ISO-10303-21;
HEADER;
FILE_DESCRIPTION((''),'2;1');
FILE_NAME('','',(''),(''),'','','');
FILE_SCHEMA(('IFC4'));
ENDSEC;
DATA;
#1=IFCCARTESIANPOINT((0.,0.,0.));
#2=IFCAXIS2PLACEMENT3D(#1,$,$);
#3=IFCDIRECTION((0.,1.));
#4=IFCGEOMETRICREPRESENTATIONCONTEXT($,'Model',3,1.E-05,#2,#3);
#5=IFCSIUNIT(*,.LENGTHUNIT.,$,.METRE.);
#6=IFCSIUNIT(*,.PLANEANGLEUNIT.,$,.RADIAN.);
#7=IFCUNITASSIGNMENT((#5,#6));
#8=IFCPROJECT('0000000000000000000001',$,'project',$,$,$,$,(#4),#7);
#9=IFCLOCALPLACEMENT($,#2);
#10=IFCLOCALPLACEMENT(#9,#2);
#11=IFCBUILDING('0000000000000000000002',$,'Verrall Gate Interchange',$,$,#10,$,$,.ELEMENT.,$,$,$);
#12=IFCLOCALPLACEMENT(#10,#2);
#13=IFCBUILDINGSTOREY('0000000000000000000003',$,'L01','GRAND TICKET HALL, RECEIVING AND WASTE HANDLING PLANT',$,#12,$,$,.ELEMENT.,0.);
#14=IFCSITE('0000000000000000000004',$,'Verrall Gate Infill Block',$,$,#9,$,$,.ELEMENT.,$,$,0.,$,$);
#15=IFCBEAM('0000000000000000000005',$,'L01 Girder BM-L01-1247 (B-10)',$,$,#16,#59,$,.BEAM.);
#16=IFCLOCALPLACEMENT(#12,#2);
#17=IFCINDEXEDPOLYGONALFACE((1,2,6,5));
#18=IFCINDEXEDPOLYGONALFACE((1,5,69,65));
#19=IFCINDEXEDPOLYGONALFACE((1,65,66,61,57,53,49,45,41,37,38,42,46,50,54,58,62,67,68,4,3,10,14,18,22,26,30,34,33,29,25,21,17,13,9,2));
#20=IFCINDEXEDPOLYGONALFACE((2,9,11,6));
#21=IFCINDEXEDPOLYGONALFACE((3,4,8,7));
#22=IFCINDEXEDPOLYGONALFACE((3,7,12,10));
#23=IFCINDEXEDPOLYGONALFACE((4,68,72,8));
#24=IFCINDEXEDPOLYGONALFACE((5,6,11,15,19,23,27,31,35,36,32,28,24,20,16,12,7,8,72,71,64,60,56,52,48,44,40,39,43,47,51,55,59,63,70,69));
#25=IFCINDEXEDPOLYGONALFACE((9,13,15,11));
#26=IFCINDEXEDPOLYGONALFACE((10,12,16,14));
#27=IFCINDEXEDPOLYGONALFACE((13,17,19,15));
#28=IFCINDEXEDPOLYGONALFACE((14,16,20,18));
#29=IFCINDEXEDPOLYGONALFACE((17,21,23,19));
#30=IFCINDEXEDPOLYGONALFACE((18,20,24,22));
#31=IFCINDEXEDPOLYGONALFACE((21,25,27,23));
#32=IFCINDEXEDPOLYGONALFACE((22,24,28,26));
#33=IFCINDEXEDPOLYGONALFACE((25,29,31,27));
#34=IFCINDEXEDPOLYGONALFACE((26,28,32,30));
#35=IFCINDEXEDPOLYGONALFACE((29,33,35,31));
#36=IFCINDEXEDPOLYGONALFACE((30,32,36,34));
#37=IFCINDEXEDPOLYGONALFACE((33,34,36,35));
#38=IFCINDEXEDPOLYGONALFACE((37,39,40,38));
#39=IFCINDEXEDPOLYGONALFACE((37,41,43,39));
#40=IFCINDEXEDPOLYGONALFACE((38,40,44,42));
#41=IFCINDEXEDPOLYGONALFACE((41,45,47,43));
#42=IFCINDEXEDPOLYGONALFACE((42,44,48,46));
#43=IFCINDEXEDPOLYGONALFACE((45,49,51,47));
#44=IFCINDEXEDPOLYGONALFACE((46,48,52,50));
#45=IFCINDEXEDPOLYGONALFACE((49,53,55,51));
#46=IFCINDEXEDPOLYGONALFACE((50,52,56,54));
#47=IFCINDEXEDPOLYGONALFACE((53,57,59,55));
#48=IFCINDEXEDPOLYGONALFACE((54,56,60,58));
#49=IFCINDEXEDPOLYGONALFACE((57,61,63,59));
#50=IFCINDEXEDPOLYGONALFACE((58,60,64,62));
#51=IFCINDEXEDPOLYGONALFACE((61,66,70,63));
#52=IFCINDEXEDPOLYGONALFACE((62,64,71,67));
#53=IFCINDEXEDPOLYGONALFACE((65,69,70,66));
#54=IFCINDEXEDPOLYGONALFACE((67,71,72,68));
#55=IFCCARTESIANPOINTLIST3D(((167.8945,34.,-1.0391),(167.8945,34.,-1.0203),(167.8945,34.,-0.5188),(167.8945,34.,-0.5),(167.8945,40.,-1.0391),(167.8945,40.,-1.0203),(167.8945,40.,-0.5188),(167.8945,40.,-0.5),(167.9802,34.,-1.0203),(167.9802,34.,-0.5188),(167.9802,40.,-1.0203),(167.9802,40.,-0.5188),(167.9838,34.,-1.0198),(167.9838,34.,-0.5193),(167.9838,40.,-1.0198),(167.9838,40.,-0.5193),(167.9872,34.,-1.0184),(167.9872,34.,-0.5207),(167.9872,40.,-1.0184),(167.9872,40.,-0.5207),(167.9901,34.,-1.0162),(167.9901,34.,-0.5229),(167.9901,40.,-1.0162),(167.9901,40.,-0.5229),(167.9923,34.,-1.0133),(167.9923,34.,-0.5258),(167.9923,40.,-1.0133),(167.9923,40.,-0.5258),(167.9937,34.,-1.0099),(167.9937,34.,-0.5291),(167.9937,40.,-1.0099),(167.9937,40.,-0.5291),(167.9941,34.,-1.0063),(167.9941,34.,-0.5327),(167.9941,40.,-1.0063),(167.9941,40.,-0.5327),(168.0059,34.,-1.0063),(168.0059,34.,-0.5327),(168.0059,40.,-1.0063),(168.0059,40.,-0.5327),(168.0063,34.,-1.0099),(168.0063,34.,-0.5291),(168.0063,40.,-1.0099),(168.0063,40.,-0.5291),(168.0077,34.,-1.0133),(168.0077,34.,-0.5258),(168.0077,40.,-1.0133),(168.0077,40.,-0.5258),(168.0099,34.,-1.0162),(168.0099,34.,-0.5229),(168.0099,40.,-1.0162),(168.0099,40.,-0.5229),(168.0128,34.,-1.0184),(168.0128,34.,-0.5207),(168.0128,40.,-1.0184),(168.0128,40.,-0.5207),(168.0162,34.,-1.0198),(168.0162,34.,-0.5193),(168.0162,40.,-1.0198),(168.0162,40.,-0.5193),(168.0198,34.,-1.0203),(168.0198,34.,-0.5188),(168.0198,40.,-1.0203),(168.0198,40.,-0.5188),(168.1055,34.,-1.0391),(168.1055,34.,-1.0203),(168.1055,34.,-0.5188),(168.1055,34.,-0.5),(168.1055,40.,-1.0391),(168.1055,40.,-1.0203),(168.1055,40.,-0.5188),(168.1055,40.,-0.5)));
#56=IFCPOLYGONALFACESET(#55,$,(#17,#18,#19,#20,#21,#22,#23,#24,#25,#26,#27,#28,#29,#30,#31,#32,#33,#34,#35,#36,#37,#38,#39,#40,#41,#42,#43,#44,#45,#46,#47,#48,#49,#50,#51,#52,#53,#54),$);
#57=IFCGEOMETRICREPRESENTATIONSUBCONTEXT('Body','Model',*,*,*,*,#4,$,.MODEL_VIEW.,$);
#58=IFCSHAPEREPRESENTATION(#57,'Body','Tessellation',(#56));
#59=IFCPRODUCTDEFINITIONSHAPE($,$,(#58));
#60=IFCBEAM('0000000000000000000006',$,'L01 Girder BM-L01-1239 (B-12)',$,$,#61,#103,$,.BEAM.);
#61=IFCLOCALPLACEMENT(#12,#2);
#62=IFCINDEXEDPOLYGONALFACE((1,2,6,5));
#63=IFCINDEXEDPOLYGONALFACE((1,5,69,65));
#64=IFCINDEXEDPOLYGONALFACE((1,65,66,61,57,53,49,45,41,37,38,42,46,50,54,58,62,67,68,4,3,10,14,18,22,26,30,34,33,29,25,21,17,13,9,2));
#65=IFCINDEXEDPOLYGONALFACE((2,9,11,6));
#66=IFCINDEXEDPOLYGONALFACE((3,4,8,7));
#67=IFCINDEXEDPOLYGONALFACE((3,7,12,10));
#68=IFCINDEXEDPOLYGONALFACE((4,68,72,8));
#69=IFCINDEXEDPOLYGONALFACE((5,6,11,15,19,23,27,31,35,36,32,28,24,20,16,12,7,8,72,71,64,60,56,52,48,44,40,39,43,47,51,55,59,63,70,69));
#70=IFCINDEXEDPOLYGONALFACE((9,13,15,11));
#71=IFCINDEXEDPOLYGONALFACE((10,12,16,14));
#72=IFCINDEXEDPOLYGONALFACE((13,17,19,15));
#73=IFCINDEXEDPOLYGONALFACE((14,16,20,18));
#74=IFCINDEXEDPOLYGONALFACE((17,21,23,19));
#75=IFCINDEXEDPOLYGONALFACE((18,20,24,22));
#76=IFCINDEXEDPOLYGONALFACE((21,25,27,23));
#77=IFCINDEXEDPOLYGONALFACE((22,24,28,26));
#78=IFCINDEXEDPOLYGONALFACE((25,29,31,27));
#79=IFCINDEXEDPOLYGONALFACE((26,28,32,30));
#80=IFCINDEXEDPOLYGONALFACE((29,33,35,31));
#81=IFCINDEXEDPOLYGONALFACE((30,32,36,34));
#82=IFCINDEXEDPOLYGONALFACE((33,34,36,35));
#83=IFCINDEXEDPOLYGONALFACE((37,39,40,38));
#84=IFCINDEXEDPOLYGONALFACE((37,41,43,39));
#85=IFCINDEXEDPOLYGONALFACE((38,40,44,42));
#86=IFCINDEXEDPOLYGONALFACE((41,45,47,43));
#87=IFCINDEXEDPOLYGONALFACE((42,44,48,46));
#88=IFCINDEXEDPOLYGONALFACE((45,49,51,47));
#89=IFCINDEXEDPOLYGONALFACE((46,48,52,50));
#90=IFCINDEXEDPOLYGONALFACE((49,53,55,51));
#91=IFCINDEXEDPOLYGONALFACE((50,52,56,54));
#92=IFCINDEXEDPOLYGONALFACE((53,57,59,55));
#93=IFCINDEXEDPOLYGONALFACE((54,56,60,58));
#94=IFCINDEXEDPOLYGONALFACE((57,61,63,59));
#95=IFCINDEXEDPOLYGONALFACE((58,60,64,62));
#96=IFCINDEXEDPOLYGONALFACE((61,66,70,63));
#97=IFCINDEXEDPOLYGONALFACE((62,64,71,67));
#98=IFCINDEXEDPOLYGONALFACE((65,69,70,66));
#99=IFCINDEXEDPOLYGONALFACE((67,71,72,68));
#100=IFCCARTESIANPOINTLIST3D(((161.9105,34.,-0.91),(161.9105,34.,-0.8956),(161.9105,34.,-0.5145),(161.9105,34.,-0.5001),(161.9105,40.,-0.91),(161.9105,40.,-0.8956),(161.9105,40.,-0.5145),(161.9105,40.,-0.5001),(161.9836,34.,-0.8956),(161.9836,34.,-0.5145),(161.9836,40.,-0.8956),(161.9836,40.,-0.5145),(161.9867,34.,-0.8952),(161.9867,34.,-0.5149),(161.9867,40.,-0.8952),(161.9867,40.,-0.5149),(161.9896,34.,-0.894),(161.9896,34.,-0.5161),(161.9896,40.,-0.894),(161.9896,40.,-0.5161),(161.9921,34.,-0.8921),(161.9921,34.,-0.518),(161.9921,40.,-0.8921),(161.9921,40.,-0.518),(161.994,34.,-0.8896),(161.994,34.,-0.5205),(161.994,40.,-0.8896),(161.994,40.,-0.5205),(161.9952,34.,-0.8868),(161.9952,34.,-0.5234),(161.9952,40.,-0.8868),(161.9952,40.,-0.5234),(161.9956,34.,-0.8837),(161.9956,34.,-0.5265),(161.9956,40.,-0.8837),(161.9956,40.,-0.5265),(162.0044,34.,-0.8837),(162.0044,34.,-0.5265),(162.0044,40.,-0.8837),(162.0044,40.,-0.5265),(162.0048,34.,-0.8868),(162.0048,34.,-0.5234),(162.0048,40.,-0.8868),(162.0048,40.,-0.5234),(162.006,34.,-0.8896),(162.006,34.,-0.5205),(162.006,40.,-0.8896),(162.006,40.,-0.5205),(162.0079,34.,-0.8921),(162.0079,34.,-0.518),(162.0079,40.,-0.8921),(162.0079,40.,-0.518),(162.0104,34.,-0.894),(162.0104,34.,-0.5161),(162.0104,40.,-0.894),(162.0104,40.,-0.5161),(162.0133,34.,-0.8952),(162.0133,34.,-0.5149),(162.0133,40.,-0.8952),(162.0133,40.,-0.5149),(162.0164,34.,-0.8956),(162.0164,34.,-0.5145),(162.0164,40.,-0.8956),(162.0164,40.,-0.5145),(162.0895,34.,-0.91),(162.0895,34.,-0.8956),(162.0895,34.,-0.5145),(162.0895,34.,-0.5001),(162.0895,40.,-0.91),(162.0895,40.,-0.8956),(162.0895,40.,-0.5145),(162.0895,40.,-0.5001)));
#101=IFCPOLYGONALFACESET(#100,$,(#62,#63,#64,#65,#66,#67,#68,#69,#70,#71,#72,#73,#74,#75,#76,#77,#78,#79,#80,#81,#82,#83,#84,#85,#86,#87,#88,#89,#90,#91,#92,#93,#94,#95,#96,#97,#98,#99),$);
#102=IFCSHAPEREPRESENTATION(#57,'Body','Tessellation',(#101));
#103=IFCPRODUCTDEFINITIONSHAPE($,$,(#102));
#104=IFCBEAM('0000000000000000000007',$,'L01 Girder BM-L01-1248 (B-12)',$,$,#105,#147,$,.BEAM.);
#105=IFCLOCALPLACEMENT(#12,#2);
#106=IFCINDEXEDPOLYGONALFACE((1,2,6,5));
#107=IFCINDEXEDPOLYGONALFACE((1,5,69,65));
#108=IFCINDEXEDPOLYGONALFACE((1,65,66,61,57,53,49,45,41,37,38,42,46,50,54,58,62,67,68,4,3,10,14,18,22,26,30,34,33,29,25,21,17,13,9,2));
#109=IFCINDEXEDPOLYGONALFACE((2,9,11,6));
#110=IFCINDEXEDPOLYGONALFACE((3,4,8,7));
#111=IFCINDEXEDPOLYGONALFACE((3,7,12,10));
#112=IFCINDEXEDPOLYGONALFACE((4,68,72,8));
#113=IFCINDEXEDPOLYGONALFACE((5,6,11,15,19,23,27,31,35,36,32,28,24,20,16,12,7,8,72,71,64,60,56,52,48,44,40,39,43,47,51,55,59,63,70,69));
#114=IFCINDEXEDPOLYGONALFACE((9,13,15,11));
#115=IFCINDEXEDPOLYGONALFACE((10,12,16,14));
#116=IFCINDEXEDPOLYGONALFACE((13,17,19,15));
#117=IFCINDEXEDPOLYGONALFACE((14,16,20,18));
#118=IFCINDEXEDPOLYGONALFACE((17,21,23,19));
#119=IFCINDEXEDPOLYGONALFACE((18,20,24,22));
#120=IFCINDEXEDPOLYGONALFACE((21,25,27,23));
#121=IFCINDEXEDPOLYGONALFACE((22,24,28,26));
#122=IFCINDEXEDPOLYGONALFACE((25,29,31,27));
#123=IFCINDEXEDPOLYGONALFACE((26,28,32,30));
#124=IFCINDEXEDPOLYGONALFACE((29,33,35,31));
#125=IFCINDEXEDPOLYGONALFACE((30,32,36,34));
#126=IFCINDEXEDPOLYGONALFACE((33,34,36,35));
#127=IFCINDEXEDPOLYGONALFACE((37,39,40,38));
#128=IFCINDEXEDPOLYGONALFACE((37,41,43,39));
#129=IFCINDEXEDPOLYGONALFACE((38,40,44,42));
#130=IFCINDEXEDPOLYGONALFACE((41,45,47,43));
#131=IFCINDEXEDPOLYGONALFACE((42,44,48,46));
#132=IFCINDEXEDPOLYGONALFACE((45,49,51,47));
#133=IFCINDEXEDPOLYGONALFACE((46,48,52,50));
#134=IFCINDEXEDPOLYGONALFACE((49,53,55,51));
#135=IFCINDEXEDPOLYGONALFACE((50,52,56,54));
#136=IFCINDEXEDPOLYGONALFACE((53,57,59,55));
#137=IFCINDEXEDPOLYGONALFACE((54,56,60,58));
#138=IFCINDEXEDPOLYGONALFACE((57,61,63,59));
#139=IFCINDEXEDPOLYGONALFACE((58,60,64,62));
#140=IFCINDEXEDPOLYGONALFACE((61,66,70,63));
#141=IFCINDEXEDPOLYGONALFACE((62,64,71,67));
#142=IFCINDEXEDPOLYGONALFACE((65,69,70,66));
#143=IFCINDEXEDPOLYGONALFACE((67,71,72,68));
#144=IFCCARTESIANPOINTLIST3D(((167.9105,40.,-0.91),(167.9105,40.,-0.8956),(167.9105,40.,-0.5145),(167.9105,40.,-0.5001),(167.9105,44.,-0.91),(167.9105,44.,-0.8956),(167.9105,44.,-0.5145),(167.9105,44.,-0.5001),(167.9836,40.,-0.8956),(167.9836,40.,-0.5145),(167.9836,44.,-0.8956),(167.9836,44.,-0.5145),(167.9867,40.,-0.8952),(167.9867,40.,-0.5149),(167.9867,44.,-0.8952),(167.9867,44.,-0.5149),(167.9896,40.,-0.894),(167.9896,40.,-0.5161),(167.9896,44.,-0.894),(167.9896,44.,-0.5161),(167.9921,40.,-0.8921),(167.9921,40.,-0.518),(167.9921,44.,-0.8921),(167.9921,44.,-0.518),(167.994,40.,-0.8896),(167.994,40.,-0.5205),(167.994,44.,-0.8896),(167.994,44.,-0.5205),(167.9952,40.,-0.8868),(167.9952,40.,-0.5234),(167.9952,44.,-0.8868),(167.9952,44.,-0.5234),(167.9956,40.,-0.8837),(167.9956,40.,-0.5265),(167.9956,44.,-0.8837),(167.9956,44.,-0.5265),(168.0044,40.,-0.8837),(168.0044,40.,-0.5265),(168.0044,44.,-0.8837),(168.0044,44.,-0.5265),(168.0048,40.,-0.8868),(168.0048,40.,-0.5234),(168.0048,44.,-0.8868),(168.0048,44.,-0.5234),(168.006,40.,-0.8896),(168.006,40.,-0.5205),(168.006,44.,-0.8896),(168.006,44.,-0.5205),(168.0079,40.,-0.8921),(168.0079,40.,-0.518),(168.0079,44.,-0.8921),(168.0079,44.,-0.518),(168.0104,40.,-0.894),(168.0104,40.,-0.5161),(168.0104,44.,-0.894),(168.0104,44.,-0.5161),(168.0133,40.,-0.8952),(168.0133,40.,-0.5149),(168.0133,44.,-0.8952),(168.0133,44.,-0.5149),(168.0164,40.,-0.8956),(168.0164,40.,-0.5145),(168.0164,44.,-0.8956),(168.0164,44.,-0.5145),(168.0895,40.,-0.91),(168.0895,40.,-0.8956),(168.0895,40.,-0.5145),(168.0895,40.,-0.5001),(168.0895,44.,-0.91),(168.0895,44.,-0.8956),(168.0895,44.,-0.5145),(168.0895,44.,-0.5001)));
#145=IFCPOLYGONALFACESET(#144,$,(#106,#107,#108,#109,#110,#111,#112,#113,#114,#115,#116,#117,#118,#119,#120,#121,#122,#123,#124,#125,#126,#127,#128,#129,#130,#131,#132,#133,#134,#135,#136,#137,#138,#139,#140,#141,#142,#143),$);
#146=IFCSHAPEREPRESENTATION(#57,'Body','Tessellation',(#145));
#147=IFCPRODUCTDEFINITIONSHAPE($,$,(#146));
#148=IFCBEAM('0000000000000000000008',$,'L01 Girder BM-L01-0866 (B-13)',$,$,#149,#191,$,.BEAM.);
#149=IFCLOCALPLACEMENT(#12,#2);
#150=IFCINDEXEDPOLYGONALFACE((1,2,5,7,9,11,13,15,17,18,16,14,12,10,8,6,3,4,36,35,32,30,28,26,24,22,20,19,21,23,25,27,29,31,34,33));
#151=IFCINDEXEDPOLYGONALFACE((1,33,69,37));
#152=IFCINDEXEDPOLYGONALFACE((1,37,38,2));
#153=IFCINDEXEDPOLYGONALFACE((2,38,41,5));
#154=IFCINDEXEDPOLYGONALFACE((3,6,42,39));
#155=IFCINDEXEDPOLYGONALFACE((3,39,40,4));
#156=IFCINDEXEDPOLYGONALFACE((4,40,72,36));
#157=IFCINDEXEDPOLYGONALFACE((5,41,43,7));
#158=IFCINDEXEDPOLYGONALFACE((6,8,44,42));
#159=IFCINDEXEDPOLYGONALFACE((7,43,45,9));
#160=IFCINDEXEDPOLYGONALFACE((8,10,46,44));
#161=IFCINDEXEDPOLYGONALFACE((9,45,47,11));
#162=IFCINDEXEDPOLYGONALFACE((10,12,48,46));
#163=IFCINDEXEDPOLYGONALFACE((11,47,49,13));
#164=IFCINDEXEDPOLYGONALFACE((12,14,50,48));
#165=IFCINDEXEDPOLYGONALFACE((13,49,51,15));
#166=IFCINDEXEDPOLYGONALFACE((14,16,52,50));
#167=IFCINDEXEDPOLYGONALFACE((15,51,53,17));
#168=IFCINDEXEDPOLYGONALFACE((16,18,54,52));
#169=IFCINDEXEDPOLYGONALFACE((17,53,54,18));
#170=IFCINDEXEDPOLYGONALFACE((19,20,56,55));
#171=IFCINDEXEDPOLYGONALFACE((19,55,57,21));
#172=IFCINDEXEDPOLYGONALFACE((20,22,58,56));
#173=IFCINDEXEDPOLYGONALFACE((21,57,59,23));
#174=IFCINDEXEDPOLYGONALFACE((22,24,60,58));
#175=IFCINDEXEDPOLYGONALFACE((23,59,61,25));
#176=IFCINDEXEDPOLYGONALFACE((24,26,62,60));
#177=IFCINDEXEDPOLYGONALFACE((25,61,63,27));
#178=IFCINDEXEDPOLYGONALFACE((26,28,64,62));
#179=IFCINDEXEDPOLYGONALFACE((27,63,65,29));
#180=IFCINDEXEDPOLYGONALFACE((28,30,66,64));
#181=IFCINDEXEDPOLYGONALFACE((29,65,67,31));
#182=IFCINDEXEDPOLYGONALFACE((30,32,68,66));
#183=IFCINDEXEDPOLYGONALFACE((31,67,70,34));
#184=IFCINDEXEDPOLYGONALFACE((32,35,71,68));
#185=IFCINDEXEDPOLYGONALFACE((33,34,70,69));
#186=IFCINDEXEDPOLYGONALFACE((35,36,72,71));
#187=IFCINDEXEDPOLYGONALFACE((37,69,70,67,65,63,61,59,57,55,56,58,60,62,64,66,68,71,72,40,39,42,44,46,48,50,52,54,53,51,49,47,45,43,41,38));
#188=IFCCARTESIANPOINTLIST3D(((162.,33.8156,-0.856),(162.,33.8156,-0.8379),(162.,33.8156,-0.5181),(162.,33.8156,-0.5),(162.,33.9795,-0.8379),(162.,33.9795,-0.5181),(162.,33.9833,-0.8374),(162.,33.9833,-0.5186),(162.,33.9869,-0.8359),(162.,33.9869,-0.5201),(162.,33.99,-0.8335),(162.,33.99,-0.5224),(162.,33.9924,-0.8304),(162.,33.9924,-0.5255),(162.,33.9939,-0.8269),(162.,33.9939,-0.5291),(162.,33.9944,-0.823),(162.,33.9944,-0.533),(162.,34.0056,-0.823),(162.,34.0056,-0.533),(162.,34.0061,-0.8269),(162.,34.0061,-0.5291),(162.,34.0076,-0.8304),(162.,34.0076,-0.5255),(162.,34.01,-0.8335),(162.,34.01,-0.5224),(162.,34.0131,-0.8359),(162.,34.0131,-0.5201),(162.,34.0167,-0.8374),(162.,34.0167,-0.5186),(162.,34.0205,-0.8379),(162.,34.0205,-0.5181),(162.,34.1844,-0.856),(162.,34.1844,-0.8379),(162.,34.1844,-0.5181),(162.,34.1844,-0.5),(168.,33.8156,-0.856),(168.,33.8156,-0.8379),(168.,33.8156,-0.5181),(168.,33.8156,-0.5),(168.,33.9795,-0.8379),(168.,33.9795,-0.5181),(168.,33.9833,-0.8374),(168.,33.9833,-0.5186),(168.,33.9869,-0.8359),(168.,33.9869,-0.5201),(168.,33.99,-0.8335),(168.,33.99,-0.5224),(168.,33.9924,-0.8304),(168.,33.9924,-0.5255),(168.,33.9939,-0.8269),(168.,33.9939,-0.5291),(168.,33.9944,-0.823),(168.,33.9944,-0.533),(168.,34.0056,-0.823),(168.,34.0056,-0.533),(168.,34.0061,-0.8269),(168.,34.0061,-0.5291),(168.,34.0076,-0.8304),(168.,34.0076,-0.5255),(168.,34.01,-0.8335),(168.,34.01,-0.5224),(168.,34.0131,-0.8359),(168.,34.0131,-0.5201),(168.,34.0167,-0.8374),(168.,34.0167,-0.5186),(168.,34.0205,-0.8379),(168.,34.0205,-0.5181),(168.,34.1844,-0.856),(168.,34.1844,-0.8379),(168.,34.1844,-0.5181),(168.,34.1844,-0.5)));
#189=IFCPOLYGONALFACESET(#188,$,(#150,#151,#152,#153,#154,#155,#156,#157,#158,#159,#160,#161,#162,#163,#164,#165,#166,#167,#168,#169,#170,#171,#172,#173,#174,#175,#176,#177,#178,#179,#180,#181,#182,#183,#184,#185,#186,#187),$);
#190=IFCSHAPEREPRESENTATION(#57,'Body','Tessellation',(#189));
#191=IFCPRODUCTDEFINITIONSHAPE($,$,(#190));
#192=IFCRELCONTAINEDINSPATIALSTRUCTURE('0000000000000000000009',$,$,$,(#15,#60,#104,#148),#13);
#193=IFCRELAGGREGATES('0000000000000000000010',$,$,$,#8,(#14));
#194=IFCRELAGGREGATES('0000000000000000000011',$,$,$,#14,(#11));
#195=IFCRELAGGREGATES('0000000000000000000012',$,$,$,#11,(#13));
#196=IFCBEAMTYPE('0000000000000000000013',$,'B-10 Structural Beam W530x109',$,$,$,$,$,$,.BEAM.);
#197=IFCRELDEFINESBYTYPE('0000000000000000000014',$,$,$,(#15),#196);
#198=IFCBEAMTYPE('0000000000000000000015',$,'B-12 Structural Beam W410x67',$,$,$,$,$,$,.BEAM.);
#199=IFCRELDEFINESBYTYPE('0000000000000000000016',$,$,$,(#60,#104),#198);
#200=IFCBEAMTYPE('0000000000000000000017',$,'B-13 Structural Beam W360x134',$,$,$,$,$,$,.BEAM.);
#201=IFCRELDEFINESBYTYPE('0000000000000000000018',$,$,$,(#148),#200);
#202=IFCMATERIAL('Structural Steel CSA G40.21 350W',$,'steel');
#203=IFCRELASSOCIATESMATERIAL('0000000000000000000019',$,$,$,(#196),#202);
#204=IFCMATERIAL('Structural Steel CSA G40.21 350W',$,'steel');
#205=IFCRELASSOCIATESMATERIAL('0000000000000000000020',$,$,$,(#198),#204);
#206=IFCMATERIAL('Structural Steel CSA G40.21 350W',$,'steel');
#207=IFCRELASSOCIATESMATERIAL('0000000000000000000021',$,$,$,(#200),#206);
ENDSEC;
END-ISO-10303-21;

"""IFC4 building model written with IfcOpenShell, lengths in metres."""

from ifc_helpers import new_model, si_unit, direction, frame, origin, origin_2d, place, context, subcontext, project, spatial, i_section, extrude, material, material_profile, profile_set, type_object, element, save


model = new_model("IFC4")

# Units and contexts
model_context = context("Model", 3, precision=1e-05, world=origin(), true_north=direction((0.0, 1.0)))
body_context = subcontext(model_context, "Body", "Model", "MODEL_VIEW")
ifc_project = project(units=[si_unit("LENGTHUNIT", "METRE"), si_unit("PLANEANGLEUNIT", "RADIAN")], contexts=[model_context])

# Site, building, storey
site_placement = place(None, origin())
site = spatial("IfcSite", under=ifc_project, at=site_placement, Name="Verrall Gate Infill Block", CompositionType="ELEMENT", RefElevation=0.0)
building_placement = place(site_placement, origin())
building = spatial("IfcBuilding", under=site, at=building_placement, Name="Verrall Gate Interchange", CompositionType="ELEMENT")
storey_placement = place(building_placement, origin())
storey = spatial("IfcBuildingStorey", under=building, at=storey_placement, Name="L01", Description="GRAND TICKET HALL, RECEIVING AND WASTE HANDLING PLANT", CompositionType="ELEMENT", Elevation=0.0)

# Beams
ifc_material_1 = material(Name="Structural Steel CSA G40.21 350W", Category="steel")
ifc_material_profile_1 = material_profile(ifc_material_1, i_section(OverallWidth=0.2109, OverallDepth=0.5391, WebThickness=0.0117, FlangeThickness=0.0188, FilletRadius=0.0139, at=origin_2d()), Name="W530x109")
ifc_profile_set_1 = profile_set([ifc_material_profile_1], Name="Structural Steel CSA G40.21 350W")
beam_type_1 = type_object("IfcBeamType", Name="B-10 Structural Beam W530x109", PredefinedType="BEAM", material=ifc_profile_set_1)
beam_1_placement = place(storey_placement, frame((168.0, 34.0, -0.7695), z_axis=(0.0, 1.0, 0.0), x_axis=(-1.0, 0.0, 0.0)))
element("IfcBeam", 1, at=beam_1_placement, inside=storey, type_object=beam_type_1, Name="L01 Girder BM-L01-1247 (B-10)", PredefinedType="BEAM", context=body_context, shape_type="SweptSolid", body=[
    extrude(i_section(OverallWidth=0.2109, OverallDepth=0.5391, WebThickness=0.0117, FlangeThickness=0.0188, FilletRadius=0.0139, at=origin_2d()), origin(), (0.0, 0.0, 1.0), 6.0),
])
ifc_material_2 = material(Name="Structural Steel CSA G40.21 350W", Category="steel")
ifc_material_profile_2 = material_profile(ifc_material_2, i_section(OverallWidth=0.179, OverallDepth=0.4099, WebThickness=0.0088, FlangeThickness=0.0144, FilletRadius=0.012, at=origin_2d()), Name="W410x67")
ifc_profile_set_2 = profile_set([ifc_material_profile_2], Name="Structural Steel CSA G40.21 350W")
beam_type_2 = type_object("IfcBeamType", Name="B-12 Structural Beam W410x67", PredefinedType="BEAM", material=ifc_profile_set_2)
beam_2_placement = place(storey_placement, frame((162.0, 34.0, -0.7051), z_axis=(0.0, 1.0, 0.0), x_axis=(-1.0, 0.0, 0.0)))
element("IfcBeam", 2, at=beam_2_placement, inside=storey, type_object=beam_type_2, Name="L01 Girder BM-L01-1239 (B-12)", PredefinedType="BEAM", context=body_context, shape_type="SweptSolid", body=[
    extrude(i_section(OverallWidth=0.179, OverallDepth=0.4099, WebThickness=0.0088, FlangeThickness=0.0144, FilletRadius=0.012, at=origin_2d()), origin(), (0.0, 0.0, 1.0), 6.0),
])
beam_3_placement = place(storey_placement, frame((168.0, 40.0, -0.7051), z_axis=(0.0, 1.0, 0.0), x_axis=(-1.0, 0.0, 0.0)))
element("IfcBeam", 3, at=beam_3_placement, inside=storey, type_object=beam_type_2, Name="L01 Girder BM-L01-1248 (B-12)", PredefinedType="BEAM", context=body_context, shape_type="SweptSolid", body=[
    extrude(i_section(OverallWidth=0.179, OverallDepth=0.4099, WebThickness=0.0088, FlangeThickness=0.0144, FilletRadius=0.012, at=origin_2d()), origin(), (0.0, 0.0, 1.0), 4.0),
])
ifc_material_3 = material(Name="Structural Steel CSA G40.21 350W", Category="steel")
ifc_material_profile_3 = material_profile(ifc_material_3, i_section(OverallWidth=0.3689, OverallDepth=0.356, WebThickness=0.0112, FlangeThickness=0.0181, FilletRadius=0.0149, at=origin_2d()), Name="W360x134")
ifc_profile_set_3 = profile_set([ifc_material_profile_3], Name="Structural Steel CSA G40.21 350W")
beam_type_3 = type_object("IfcBeamType", Name="B-13 Structural Beam W360x134", PredefinedType="BEAM", material=ifc_profile_set_3)
beam_4_placement = place(storey_placement, frame((162.0, 34.0, -0.678), z_axis=(1.0, 0.0, 0.0), x_axis=(0.0, 1.0, 0.0)))
element("IfcBeam", 4, at=beam_4_placement, inside=storey, type_object=beam_type_3, Name="L01 Girder BM-L01-0866 (B-13)", PredefinedType="BEAM", context=body_context, shape_type="SweptSolid", body=[
    extrude(i_section(OverallWidth=0.3689, OverallDepth=0.356, WebThickness=0.0112, FlangeThickness=0.0181, FilletRadius=0.0149, at=origin_2d()), origin(), (0.0, 0.0, 1.0), 6.0),
])

save(model, "model.ifc")
